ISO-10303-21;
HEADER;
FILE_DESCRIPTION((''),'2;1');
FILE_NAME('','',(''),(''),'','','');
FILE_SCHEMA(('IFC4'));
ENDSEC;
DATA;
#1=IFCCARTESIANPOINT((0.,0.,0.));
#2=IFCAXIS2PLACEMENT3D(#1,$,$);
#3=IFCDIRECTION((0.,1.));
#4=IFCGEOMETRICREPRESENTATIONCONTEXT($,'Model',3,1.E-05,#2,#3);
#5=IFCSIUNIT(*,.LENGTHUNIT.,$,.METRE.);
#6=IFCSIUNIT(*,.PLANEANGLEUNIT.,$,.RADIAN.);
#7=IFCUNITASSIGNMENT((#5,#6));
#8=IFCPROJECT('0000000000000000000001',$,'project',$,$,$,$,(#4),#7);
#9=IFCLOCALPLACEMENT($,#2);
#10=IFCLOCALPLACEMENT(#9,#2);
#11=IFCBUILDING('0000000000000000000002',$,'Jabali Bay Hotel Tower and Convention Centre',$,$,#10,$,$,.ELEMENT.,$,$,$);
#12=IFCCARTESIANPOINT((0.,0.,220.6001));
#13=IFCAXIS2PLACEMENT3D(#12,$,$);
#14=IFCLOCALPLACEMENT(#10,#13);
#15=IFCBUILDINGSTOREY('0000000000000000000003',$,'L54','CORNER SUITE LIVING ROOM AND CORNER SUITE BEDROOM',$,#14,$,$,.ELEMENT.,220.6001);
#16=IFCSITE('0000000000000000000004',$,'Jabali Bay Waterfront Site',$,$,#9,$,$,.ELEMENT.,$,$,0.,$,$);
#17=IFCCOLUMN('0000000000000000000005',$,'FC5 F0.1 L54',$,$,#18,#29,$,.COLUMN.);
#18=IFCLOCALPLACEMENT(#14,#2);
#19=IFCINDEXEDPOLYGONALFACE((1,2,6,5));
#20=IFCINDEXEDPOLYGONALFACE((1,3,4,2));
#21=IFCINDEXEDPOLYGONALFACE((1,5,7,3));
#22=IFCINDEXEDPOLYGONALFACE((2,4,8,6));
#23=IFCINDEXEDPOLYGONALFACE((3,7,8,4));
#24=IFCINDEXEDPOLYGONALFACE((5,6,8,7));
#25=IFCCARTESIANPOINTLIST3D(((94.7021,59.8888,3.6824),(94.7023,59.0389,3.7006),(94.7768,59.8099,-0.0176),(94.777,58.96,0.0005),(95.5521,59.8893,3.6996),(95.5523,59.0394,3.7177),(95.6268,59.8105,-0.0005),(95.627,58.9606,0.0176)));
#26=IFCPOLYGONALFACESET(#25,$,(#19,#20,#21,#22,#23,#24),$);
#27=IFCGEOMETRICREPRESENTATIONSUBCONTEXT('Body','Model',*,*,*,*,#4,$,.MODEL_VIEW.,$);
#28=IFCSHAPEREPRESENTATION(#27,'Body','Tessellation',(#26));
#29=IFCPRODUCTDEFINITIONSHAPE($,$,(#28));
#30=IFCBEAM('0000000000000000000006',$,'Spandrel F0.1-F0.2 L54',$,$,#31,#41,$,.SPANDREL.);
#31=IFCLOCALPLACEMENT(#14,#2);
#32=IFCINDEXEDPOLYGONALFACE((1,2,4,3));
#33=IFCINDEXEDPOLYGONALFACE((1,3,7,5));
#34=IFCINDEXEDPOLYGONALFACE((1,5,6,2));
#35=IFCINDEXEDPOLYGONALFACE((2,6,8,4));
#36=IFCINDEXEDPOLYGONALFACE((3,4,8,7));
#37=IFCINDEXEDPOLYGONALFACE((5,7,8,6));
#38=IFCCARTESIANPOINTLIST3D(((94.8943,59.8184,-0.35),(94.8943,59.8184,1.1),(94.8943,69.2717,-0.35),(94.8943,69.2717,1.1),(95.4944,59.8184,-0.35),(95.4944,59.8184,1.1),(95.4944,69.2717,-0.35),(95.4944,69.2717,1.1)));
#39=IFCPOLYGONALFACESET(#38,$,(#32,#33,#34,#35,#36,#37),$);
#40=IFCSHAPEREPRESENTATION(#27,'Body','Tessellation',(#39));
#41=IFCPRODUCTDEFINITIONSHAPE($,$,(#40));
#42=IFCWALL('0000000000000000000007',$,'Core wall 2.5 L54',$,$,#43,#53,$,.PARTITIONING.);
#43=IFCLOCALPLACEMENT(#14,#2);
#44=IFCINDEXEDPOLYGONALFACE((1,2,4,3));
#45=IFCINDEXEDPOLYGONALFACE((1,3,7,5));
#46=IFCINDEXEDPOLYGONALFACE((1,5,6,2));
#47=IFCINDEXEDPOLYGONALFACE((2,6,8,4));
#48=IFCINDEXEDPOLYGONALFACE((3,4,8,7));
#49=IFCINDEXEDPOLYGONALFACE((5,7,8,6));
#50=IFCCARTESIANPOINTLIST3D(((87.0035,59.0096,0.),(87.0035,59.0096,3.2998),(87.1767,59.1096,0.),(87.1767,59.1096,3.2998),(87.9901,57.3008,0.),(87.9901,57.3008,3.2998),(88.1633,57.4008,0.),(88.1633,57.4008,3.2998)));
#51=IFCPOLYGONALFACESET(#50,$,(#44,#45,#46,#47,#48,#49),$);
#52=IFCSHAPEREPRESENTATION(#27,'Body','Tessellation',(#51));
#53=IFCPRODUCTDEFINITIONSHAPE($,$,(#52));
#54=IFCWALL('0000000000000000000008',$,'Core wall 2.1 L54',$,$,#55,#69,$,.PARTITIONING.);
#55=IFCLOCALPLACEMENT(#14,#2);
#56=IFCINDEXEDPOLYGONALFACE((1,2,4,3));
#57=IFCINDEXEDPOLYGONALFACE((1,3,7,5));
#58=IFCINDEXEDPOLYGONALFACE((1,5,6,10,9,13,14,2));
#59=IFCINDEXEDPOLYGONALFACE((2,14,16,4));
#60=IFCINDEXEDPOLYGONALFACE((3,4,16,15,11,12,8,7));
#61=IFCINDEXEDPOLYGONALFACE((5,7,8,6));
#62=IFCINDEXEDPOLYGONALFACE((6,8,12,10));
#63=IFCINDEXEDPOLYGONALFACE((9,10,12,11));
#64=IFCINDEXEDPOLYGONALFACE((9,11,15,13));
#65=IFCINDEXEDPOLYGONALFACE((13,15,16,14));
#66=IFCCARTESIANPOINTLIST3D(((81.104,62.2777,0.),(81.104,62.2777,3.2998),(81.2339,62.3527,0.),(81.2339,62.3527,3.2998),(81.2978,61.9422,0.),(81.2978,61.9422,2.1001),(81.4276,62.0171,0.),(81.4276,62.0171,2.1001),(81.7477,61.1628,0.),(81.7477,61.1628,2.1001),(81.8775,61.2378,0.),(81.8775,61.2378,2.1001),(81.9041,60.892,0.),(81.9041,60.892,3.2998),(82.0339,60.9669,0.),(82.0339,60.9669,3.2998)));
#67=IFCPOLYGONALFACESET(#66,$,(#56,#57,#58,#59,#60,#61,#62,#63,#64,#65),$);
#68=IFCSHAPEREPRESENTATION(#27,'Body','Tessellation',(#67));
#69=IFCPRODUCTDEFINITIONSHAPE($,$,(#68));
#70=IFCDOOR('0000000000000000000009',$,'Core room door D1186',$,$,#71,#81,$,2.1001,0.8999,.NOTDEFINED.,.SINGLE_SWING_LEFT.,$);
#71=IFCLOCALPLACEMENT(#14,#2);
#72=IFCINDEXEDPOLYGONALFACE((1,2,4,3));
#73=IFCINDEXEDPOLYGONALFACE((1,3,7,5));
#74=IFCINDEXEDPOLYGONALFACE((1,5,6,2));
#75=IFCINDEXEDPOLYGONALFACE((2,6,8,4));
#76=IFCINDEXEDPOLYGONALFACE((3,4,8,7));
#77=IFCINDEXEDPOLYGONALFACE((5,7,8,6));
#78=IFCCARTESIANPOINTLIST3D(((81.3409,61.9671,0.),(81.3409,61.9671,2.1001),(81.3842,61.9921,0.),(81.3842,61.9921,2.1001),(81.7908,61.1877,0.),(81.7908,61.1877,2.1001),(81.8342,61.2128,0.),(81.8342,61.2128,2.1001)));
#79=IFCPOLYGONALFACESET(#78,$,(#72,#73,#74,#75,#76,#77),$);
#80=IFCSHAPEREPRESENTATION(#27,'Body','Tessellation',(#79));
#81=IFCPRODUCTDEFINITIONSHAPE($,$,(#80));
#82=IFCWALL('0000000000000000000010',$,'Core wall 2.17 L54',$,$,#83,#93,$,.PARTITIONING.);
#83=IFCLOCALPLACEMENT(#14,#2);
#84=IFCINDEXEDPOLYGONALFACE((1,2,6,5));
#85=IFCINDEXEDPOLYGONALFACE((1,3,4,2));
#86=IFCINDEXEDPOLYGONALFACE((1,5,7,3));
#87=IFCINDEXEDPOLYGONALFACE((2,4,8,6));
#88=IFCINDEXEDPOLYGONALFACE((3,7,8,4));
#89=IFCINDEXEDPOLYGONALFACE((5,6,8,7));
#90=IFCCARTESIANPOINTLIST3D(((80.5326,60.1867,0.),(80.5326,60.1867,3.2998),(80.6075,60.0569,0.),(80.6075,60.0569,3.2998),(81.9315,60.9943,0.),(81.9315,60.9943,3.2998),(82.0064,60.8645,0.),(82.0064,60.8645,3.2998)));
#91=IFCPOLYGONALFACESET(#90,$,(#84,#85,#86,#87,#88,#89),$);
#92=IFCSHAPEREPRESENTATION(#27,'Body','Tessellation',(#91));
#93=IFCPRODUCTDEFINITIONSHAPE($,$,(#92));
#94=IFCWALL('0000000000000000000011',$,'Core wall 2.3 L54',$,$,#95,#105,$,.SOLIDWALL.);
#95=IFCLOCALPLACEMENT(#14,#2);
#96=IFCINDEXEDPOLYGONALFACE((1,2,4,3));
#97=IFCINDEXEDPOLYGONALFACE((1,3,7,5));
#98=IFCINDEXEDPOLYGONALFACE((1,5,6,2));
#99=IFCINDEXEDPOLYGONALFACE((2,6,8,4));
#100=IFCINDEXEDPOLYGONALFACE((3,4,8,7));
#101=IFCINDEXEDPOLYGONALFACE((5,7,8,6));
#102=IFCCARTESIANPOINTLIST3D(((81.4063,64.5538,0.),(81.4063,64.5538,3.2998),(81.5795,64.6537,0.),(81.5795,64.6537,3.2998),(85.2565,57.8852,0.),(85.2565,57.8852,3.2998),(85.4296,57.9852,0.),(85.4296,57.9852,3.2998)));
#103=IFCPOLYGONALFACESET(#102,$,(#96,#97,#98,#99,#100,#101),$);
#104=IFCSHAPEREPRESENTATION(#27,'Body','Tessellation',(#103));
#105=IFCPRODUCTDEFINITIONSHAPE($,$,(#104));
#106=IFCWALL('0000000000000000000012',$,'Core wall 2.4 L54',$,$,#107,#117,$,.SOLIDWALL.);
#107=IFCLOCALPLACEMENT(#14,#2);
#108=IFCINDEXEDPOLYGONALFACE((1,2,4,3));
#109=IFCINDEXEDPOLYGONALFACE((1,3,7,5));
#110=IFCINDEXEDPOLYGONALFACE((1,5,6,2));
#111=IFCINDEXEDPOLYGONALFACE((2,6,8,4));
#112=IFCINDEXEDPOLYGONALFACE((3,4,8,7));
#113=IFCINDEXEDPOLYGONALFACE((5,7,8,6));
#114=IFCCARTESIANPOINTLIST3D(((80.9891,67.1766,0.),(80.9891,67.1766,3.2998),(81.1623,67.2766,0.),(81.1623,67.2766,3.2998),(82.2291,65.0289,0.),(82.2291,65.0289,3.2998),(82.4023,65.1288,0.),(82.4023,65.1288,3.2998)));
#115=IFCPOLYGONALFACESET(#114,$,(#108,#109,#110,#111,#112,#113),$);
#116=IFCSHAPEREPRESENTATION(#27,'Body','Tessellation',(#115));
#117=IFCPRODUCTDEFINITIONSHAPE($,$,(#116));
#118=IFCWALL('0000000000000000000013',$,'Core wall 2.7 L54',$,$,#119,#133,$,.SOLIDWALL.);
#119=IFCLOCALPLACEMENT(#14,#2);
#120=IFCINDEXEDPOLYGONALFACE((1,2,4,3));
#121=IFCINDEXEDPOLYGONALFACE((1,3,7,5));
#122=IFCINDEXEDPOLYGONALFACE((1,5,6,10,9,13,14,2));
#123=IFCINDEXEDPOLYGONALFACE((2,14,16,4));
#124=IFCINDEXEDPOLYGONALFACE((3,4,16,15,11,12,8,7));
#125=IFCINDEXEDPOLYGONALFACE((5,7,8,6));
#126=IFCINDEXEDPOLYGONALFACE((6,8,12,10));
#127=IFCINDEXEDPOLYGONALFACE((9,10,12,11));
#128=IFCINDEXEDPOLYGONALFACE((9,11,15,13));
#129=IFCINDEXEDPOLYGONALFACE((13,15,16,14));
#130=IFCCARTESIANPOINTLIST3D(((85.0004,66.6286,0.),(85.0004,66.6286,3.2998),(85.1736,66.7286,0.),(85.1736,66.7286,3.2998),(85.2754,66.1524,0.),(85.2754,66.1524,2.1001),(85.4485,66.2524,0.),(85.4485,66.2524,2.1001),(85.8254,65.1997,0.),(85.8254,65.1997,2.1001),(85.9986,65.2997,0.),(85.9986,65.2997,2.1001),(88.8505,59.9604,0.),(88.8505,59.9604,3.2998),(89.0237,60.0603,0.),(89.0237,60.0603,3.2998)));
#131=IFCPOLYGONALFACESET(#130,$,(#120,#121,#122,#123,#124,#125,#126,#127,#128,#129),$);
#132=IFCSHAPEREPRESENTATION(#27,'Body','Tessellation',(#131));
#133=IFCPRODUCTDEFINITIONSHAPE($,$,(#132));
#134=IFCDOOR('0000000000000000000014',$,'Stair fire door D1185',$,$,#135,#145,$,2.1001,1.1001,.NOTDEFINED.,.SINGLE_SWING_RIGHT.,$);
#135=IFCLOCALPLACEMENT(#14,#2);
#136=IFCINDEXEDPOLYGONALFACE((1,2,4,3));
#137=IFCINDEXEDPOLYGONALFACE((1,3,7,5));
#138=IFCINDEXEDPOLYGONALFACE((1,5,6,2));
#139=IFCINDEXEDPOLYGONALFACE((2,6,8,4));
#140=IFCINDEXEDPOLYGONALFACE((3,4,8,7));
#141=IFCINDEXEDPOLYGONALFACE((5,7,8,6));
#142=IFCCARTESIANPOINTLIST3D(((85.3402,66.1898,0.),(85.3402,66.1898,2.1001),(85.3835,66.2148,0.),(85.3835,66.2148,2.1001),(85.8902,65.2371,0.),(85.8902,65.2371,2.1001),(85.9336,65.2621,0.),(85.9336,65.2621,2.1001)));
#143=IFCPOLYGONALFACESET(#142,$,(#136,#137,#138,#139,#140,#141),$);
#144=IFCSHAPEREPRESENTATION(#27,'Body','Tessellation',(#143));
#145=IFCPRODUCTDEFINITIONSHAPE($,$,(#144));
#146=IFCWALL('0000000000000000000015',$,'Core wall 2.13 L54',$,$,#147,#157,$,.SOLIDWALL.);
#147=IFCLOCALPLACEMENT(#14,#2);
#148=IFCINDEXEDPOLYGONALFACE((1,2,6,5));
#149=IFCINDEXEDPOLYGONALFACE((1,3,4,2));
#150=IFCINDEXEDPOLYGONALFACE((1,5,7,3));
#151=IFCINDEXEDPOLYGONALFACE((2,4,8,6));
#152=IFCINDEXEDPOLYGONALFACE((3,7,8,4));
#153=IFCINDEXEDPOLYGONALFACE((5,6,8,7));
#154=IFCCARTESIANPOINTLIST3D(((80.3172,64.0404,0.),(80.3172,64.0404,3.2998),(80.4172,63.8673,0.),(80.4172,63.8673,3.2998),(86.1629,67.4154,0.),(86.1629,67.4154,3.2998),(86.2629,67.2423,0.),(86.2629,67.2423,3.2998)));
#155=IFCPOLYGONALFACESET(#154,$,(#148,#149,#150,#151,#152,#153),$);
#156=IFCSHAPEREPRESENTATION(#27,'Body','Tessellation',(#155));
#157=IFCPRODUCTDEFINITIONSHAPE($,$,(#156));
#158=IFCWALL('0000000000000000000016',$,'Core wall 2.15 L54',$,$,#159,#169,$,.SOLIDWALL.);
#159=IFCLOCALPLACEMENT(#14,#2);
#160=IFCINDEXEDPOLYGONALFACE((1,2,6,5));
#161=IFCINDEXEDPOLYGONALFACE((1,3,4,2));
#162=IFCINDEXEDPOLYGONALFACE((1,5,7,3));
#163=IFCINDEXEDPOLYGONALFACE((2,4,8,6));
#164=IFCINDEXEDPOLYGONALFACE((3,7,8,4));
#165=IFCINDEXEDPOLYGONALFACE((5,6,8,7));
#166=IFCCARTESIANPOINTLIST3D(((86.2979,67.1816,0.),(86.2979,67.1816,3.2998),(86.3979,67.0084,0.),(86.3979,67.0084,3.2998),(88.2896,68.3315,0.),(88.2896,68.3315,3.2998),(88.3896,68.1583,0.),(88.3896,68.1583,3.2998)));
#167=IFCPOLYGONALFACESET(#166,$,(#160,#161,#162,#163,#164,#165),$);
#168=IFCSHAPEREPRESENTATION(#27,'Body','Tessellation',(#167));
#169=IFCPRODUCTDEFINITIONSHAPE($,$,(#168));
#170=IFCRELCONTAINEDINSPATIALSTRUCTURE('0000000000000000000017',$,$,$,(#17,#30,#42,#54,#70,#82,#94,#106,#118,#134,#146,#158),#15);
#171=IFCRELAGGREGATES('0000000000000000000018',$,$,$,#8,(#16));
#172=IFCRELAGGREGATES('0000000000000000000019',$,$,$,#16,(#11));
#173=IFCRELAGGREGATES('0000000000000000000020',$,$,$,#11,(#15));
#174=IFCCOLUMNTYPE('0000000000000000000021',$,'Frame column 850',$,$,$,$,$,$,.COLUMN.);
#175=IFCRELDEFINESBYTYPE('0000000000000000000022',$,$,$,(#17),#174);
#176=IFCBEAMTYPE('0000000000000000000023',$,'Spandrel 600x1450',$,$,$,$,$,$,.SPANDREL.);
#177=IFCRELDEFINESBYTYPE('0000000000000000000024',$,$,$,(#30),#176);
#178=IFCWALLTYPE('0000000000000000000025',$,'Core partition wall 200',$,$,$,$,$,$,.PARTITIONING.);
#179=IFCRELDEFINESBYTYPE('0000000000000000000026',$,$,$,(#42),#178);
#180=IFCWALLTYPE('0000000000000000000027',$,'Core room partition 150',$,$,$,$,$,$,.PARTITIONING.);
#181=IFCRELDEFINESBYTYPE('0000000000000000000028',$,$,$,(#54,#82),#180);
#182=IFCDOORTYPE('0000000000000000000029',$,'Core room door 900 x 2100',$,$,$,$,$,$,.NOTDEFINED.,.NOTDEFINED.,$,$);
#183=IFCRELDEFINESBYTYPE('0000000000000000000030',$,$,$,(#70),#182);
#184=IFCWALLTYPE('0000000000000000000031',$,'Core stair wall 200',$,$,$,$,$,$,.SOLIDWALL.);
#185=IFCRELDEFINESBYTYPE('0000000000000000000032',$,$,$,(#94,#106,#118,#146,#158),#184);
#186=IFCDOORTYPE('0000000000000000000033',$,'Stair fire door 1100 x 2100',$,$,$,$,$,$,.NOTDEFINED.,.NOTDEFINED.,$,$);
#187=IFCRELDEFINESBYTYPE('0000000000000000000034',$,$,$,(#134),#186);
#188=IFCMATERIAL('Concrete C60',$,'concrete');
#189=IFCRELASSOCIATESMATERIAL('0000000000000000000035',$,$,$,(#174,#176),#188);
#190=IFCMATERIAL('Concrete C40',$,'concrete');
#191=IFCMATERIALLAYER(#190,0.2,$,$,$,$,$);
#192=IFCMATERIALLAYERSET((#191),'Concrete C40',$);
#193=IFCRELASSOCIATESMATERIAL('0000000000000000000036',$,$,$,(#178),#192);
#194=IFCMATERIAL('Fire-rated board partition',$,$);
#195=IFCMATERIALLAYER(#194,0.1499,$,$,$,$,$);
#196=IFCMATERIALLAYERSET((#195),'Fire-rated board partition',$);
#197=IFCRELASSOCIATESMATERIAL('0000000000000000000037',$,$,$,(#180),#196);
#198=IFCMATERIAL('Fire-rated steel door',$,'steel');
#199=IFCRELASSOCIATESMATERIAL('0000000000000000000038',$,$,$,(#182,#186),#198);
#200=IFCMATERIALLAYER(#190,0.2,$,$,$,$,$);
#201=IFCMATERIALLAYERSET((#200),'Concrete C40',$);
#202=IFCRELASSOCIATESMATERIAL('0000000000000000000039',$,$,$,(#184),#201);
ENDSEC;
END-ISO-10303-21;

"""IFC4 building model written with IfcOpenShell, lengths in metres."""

from ifc_helpers import new_model, si_unit, direction, frame, frame_2d, origin, origin_2d, place, context, subcontext, project, spatial, rectangle, extrude, material, layer, layer_set, material_profile, profile_set, type_object, element, fill, save


model = new_model("IFC4")

# Units and contexts
model_context = context("Model", 3, precision=1e-05, world=origin(), true_north=direction((0.0, 1.0)))
body_context = subcontext(model_context, "Body", "Model", "MODEL_VIEW")
ifc_project = project(units=[si_unit("LENGTHUNIT", "METRE"), si_unit("PLANEANGLEUNIT", "RADIAN")], contexts=[model_context])

# Site, building, storey
site_placement = place(None, origin())
site = spatial("IfcSite", under=ifc_project, at=site_placement, Name="Jabali Bay Waterfront Site", CompositionType="ELEMENT", RefElevation=0.0)
building_placement = place(site_placement, origin())
building = spatial("IfcBuilding", under=site, at=building_placement, Name="Jabali Bay Hotel Tower and Convention Centre", CompositionType="ELEMENT")
storey_placement = place(building_placement, frame((0.0, 0.0, 220.6001)))
storey = spatial("IfcBuildingStorey", under=building, at=storey_placement, Name="L54", Description="CORNER SUITE LIVING ROOM AND CORNER SUITE BEDROOM", CompositionType="ELEMENT", Elevation=220.6001)

# Column
ifc_material_1 = material(Name="Concrete C60", Category="concrete")
ifc_material_profile_1 = material_profile(ifc_material_1, rectangle(XDim=0.8501, YDim=0.8501, at=origin_2d()), Name="Frame column 850")
ifc_profile_set_1 = profile_set([ifc_material_profile_1], Name="Concrete C60")
column_type = type_object("IfcColumnType", Name="Frame column 850", PredefinedType="COLUMN", material=ifc_profile_set_1)
column_placement = place(storey_placement, frame((95.2019, 59.3853, 0.0), z_axis=(-0.020183, 0.021304, 0.999569), x_axis=(0.000228, -0.999773, 0.021313)))
element("IfcColumn", 1, at=column_placement, inside=storey, type_object=column_type, Name="FC5 F0.1 L54", PredefinedType="COLUMN", context=body_context, shape_type="SweptSolid", body=[
    extrude(rectangle(XDim=0.8501, YDim=0.8501, at=origin_2d()), origin(), (0.0, 0.0, 1.0), 3.7017),
])

# Beam
ifc_material_profile_2 = material_profile(ifc_material_1, rectangle(XDim=0.6001, YDim=1.45, at=origin_2d()), Name="Spandrel 600x1450")
ifc_profile_set_2 = profile_set([ifc_material_profile_2], Name="Concrete C60")
beam_type = type_object("IfcBeamType", Name="Spandrel 600x1450", PredefinedType="SPANDREL", material=ifc_profile_set_2)
beam_placement = place(storey_placement, frame((95.1943, 59.8184, 0.375), z_axis=(0.0, 1.0, 0.0), x_axis=(-1.0, 0.0, 0.0)))
element("IfcBeam", 2, at=beam_placement, inside=storey, type_object=beam_type, Name="Spandrel F0.1-F0.2 L54", PredefinedType="SPANDREL", context=body_context, shape_type="SweptSolid", body=[
    extrude(rectangle(XDim=0.6001, YDim=1.45, at=origin_2d()), origin(), (0.0, 0.0, 1.0), 9.4534),
])

# Wall
ifc_material_2 = material(Name="Concrete C40", Category="concrete")
ifc_layer_1 = layer(ifc_material_2, 0.2)
ifc_layer_set_1 = layer_set([ifc_layer_1], Name="Concrete C40")
wall_type_1 = type_object("IfcWallType", Name="Core partition wall 200", PredefinedType="PARTITIONING", material=ifc_layer_set_1)
wall_1_placement = place(storey_placement, frame((87.0901, 59.0596, 0.0), z_axis=(0.0, 0.0, 1.0), x_axis=(0.500012, -0.866019, 0.0)))
element("IfcWall", 3, at=wall_1_placement, inside=storey, type_object=wall_type_1, Name="Core wall 2.5 L54", PredefinedType="PARTITIONING", context=body_context, shape_type="SweptSolid", body=[
    extrude(rectangle(XDim=1.9731, YDim=0.2, at=frame_2d((0.9866, 0.0))), origin(), (0.0, 0.0, 1.0), 3.2998),
])

# Wall, opening, door
ifc_material_3 = material(Name="Fire-rated board partition")
ifc_layer_2 = layer(ifc_material_3, 0.1499)
ifc_layer_set_2 = layer_set([ifc_layer_2], Name="Fire-rated board partition")
wall_type_2 = type_object("IfcWallType", Name="Core room partition 150", PredefinedType="PARTITIONING", material=ifc_layer_set_2)
wall_2_placement = place(storey_placement, frame((81.1689, 62.3152, 0.0), z_axis=(0.0, 0.0, 1.0), x_axis=(0.499995, -0.866028, 0.0)))
wall_2 = element("IfcWall", 4, at=wall_2_placement, inside=storey, type_object=wall_type_2, Name="Core wall 2.1 L54", PredefinedType="PARTITIONING", context=body_context, shape_type="SweptSolid", body=[
    extrude(rectangle(XDim=1.6001, YDim=0.1499, at=frame_2d((0.8, 0.0))), origin(), (0.0, 0.0, 1.0), 3.2998),
])
opening_1_placement = place(wall_2_placement, frame((0.3875, 0.0, 0.0)))
opening_1 = element("IfcOpeningElement", 5, at=opening_1_placement, cuts=wall_2, PredefinedType="OPENING", context=body_context, shape_type="SweptSolid", body=[
    extrude(rectangle(XDim=0.8999, YDim=2.1001, at=frame_2d((0.45, 1.05))), frame((0.0, 0.0854, 0.0), z_axis=(0.0, -1.0, 0.0), x_axis=(1.0, 0.0, 0.0)), (0.0, 0.0, 1.0), 0.1709),
])
ifc_material_4 = material(Name="Fire-rated steel door", Category="steel")
door_type_1 = type_object("IfcDoorType", Name="Core room door 900 x 2100", OperationType="NOTDEFINED", PredefinedType="NOTDEFINED", material=ifc_material_4)
door_1_placement = place(opening_1_placement, origin())
door_1 = element("IfcDoor", 6, at=door_1_placement, inside=storey, type_object=door_type_1, Name="Core room door D1186", OperationType="SINGLE_SWING_LEFT", OverallHeight=2.1001, OverallWidth=0.8999, PredefinedType="NOTDEFINED", context=body_context, shape_type="SweptSolid", body=[
    extrude(rectangle(XDim=0.8999, YDim=2.1001, at=frame_2d((0.45, 1.05))), frame((0.0, 0.0249, 0.0), z_axis=(0.0, -1.0, 0.0), x_axis=(1.0, 0.0, 0.0)), (0.0, 0.0, 1.0), 0.05),
])
fill(opening_1, door_1)

# Walls
wall_3_placement = place(storey_placement, frame((80.5701, 60.1218, 0.0), z_axis=(0.0, 0.0, 1.0), x_axis=(0.86604, 0.499975, 0.0)))
element("IfcWall", 7, at=wall_3_placement, inside=storey, type_object=wall_type_2, Name="Core wall 2.17 L54", PredefinedType="PARTITIONING", context=body_context, shape_type="SweptSolid", body=[
    extrude(rectangle(XDim=1.6152, YDim=0.1499, at=frame_2d((0.8076, 0.0))), origin(), (0.0, 0.0, 1.0), 3.2998),
])
ifc_layer_3 = layer(ifc_material_2, 0.2)
ifc_layer_set_3 = layer_set([ifc_layer_3], Name="Concrete C40")
wall_type_3 = type_object("IfcWallType", Name="Core stair wall 200", PredefinedType="SOLIDWALL", material=ifc_layer_set_3)
wall_4_placement = place(storey_placement, frame((81.4929, 64.6038, 0.0), z_axis=(0.0, 0.0, 1.0), x_axis=(0.500006, -0.866022, 0.0)))
element("IfcWall", 8, at=wall_4_placement, inside=storey, type_object=wall_type_3, Name="Core wall 2.3 L54", PredefinedType="SOLIDWALL", context=body_context, shape_type="SweptSolid", body=[
    extrude(rectangle(XDim=7.7002, YDim=0.2, at=frame_2d((3.8501, 0.0))), origin(), (0.0, 0.0, 1.0), 3.2998),
])
wall_5_placement = place(storey_placement, frame((81.0757, 67.2266, 0.0), z_axis=(0.0, 0.0, 1.0), x_axis=(0.500004, -0.866023, 0.0)))
element("IfcWall", 9, at=wall_5_placement, inside=storey, type_object=wall_type_3, Name="Core wall 2.4 L54", PredefinedType="SOLIDWALL", context=body_context, shape_type="SweptSolid", body=[
    extrude(rectangle(XDim=2.48, YDim=0.2, at=frame_2d((1.24, 0.0))), origin(), (0.0, 0.0, 1.0), 3.2998),
])

# Wall, opening, door
wall_6_placement = place(storey_placement, frame((85.0869, 66.6787, 0.0), z_axis=(0.0, 0.0, 1.0), x_axis=(0.50002, -0.866014, 0.0)))
wall_6 = element("IfcWall", 10, at=wall_6_placement, inside=storey, type_object=wall_type_3, Name="Core wall 2.7 L54", PredefinedType="SOLIDWALL", context=body_context, shape_type="SweptSolid", body=[
    extrude(rectangle(XDim=7.7, YDim=0.2, at=frame_2d((3.8501, 0.0))), origin(), (0.0, 0.0, 1.0), 3.2998),
])
opening_2_placement = place(wall_6_placement, frame((0.55, 0.0, 0.0)))
opening_2 = element("IfcOpeningElement", 11, at=opening_2_placement, cuts=wall_6, PredefinedType="OPENING", context=body_context, shape_type="SweptSolid", body=[
    extrude(rectangle(XDim=1.1001, YDim=2.1001, at=frame_2d((0.55, 1.05))), frame((0.0, 0.1104, 0.0), z_axis=(0.0, -1.0, 0.0), x_axis=(1.0, 0.0, 0.0)), (0.0, 0.0, 1.0), 0.2209),
])
door_type_2 = type_object("IfcDoorType", Name="Stair fire door 1100 x 2100", OperationType="NOTDEFINED", PredefinedType="NOTDEFINED", material=ifc_material_4)
door_2_placement = place(opening_2_placement, origin())
door_2 = element("IfcDoor", 12, at=door_2_placement, inside=storey, type_object=door_type_2, Name="Stair fire door D1185", OperationType="SINGLE_SWING_RIGHT", OverallHeight=2.1001, OverallWidth=1.1001, PredefinedType="NOTDEFINED", context=body_context, shape_type="SweptSolid", body=[
    extrude(rectangle(XDim=1.1001, YDim=2.1001, at=frame_2d((0.55, 1.05))), frame((0.0, 0.0249, 0.0), z_axis=(0.0, -1.0, 0.0), x_axis=(1.0, 0.0, 0.0)), (0.0, 0.0, 1.0), 0.05),
])
fill(opening_2, door_2)

# Walls
wall_7_placement = place(storey_placement, frame((80.3672, 63.9539, 0.0), z_axis=(0.0, 0.0, 1.0), x_axis=(0.866027, 0.499998, 0.0)))
element("IfcWall", 13, at=wall_7_placement, inside=storey, type_object=wall_type_3, Name="Core wall 2.13 L54", PredefinedType="SOLIDWALL", context=body_context, shape_type="SweptSolid", body=[
    extrude(rectangle(XDim=6.75, YDim=0.2, at=frame_2d((3.375, 0.0))), origin(), (0.0, 0.0, 1.0), 3.2998),
])
wall_8_placement = place(storey_placement, frame((86.3479, 67.095, 0.0), z_axis=(0.0, 0.0, 1.0), x_axis=(0.866026, 0.499998, 0.0)))
element("IfcWall", 14, at=wall_8_placement, inside=storey, type_object=wall_type_3, Name="Core wall 2.15 L54", PredefinedType="SOLIDWALL", context=body_context, shape_type="SweptSolid", body=[
    extrude(rectangle(XDim=2.2998, YDim=0.2, at=frame_2d((1.1499, 0.0))), origin(), (0.0, 0.0, 1.0), 3.2998),
])

save(model, "model.ifc")
